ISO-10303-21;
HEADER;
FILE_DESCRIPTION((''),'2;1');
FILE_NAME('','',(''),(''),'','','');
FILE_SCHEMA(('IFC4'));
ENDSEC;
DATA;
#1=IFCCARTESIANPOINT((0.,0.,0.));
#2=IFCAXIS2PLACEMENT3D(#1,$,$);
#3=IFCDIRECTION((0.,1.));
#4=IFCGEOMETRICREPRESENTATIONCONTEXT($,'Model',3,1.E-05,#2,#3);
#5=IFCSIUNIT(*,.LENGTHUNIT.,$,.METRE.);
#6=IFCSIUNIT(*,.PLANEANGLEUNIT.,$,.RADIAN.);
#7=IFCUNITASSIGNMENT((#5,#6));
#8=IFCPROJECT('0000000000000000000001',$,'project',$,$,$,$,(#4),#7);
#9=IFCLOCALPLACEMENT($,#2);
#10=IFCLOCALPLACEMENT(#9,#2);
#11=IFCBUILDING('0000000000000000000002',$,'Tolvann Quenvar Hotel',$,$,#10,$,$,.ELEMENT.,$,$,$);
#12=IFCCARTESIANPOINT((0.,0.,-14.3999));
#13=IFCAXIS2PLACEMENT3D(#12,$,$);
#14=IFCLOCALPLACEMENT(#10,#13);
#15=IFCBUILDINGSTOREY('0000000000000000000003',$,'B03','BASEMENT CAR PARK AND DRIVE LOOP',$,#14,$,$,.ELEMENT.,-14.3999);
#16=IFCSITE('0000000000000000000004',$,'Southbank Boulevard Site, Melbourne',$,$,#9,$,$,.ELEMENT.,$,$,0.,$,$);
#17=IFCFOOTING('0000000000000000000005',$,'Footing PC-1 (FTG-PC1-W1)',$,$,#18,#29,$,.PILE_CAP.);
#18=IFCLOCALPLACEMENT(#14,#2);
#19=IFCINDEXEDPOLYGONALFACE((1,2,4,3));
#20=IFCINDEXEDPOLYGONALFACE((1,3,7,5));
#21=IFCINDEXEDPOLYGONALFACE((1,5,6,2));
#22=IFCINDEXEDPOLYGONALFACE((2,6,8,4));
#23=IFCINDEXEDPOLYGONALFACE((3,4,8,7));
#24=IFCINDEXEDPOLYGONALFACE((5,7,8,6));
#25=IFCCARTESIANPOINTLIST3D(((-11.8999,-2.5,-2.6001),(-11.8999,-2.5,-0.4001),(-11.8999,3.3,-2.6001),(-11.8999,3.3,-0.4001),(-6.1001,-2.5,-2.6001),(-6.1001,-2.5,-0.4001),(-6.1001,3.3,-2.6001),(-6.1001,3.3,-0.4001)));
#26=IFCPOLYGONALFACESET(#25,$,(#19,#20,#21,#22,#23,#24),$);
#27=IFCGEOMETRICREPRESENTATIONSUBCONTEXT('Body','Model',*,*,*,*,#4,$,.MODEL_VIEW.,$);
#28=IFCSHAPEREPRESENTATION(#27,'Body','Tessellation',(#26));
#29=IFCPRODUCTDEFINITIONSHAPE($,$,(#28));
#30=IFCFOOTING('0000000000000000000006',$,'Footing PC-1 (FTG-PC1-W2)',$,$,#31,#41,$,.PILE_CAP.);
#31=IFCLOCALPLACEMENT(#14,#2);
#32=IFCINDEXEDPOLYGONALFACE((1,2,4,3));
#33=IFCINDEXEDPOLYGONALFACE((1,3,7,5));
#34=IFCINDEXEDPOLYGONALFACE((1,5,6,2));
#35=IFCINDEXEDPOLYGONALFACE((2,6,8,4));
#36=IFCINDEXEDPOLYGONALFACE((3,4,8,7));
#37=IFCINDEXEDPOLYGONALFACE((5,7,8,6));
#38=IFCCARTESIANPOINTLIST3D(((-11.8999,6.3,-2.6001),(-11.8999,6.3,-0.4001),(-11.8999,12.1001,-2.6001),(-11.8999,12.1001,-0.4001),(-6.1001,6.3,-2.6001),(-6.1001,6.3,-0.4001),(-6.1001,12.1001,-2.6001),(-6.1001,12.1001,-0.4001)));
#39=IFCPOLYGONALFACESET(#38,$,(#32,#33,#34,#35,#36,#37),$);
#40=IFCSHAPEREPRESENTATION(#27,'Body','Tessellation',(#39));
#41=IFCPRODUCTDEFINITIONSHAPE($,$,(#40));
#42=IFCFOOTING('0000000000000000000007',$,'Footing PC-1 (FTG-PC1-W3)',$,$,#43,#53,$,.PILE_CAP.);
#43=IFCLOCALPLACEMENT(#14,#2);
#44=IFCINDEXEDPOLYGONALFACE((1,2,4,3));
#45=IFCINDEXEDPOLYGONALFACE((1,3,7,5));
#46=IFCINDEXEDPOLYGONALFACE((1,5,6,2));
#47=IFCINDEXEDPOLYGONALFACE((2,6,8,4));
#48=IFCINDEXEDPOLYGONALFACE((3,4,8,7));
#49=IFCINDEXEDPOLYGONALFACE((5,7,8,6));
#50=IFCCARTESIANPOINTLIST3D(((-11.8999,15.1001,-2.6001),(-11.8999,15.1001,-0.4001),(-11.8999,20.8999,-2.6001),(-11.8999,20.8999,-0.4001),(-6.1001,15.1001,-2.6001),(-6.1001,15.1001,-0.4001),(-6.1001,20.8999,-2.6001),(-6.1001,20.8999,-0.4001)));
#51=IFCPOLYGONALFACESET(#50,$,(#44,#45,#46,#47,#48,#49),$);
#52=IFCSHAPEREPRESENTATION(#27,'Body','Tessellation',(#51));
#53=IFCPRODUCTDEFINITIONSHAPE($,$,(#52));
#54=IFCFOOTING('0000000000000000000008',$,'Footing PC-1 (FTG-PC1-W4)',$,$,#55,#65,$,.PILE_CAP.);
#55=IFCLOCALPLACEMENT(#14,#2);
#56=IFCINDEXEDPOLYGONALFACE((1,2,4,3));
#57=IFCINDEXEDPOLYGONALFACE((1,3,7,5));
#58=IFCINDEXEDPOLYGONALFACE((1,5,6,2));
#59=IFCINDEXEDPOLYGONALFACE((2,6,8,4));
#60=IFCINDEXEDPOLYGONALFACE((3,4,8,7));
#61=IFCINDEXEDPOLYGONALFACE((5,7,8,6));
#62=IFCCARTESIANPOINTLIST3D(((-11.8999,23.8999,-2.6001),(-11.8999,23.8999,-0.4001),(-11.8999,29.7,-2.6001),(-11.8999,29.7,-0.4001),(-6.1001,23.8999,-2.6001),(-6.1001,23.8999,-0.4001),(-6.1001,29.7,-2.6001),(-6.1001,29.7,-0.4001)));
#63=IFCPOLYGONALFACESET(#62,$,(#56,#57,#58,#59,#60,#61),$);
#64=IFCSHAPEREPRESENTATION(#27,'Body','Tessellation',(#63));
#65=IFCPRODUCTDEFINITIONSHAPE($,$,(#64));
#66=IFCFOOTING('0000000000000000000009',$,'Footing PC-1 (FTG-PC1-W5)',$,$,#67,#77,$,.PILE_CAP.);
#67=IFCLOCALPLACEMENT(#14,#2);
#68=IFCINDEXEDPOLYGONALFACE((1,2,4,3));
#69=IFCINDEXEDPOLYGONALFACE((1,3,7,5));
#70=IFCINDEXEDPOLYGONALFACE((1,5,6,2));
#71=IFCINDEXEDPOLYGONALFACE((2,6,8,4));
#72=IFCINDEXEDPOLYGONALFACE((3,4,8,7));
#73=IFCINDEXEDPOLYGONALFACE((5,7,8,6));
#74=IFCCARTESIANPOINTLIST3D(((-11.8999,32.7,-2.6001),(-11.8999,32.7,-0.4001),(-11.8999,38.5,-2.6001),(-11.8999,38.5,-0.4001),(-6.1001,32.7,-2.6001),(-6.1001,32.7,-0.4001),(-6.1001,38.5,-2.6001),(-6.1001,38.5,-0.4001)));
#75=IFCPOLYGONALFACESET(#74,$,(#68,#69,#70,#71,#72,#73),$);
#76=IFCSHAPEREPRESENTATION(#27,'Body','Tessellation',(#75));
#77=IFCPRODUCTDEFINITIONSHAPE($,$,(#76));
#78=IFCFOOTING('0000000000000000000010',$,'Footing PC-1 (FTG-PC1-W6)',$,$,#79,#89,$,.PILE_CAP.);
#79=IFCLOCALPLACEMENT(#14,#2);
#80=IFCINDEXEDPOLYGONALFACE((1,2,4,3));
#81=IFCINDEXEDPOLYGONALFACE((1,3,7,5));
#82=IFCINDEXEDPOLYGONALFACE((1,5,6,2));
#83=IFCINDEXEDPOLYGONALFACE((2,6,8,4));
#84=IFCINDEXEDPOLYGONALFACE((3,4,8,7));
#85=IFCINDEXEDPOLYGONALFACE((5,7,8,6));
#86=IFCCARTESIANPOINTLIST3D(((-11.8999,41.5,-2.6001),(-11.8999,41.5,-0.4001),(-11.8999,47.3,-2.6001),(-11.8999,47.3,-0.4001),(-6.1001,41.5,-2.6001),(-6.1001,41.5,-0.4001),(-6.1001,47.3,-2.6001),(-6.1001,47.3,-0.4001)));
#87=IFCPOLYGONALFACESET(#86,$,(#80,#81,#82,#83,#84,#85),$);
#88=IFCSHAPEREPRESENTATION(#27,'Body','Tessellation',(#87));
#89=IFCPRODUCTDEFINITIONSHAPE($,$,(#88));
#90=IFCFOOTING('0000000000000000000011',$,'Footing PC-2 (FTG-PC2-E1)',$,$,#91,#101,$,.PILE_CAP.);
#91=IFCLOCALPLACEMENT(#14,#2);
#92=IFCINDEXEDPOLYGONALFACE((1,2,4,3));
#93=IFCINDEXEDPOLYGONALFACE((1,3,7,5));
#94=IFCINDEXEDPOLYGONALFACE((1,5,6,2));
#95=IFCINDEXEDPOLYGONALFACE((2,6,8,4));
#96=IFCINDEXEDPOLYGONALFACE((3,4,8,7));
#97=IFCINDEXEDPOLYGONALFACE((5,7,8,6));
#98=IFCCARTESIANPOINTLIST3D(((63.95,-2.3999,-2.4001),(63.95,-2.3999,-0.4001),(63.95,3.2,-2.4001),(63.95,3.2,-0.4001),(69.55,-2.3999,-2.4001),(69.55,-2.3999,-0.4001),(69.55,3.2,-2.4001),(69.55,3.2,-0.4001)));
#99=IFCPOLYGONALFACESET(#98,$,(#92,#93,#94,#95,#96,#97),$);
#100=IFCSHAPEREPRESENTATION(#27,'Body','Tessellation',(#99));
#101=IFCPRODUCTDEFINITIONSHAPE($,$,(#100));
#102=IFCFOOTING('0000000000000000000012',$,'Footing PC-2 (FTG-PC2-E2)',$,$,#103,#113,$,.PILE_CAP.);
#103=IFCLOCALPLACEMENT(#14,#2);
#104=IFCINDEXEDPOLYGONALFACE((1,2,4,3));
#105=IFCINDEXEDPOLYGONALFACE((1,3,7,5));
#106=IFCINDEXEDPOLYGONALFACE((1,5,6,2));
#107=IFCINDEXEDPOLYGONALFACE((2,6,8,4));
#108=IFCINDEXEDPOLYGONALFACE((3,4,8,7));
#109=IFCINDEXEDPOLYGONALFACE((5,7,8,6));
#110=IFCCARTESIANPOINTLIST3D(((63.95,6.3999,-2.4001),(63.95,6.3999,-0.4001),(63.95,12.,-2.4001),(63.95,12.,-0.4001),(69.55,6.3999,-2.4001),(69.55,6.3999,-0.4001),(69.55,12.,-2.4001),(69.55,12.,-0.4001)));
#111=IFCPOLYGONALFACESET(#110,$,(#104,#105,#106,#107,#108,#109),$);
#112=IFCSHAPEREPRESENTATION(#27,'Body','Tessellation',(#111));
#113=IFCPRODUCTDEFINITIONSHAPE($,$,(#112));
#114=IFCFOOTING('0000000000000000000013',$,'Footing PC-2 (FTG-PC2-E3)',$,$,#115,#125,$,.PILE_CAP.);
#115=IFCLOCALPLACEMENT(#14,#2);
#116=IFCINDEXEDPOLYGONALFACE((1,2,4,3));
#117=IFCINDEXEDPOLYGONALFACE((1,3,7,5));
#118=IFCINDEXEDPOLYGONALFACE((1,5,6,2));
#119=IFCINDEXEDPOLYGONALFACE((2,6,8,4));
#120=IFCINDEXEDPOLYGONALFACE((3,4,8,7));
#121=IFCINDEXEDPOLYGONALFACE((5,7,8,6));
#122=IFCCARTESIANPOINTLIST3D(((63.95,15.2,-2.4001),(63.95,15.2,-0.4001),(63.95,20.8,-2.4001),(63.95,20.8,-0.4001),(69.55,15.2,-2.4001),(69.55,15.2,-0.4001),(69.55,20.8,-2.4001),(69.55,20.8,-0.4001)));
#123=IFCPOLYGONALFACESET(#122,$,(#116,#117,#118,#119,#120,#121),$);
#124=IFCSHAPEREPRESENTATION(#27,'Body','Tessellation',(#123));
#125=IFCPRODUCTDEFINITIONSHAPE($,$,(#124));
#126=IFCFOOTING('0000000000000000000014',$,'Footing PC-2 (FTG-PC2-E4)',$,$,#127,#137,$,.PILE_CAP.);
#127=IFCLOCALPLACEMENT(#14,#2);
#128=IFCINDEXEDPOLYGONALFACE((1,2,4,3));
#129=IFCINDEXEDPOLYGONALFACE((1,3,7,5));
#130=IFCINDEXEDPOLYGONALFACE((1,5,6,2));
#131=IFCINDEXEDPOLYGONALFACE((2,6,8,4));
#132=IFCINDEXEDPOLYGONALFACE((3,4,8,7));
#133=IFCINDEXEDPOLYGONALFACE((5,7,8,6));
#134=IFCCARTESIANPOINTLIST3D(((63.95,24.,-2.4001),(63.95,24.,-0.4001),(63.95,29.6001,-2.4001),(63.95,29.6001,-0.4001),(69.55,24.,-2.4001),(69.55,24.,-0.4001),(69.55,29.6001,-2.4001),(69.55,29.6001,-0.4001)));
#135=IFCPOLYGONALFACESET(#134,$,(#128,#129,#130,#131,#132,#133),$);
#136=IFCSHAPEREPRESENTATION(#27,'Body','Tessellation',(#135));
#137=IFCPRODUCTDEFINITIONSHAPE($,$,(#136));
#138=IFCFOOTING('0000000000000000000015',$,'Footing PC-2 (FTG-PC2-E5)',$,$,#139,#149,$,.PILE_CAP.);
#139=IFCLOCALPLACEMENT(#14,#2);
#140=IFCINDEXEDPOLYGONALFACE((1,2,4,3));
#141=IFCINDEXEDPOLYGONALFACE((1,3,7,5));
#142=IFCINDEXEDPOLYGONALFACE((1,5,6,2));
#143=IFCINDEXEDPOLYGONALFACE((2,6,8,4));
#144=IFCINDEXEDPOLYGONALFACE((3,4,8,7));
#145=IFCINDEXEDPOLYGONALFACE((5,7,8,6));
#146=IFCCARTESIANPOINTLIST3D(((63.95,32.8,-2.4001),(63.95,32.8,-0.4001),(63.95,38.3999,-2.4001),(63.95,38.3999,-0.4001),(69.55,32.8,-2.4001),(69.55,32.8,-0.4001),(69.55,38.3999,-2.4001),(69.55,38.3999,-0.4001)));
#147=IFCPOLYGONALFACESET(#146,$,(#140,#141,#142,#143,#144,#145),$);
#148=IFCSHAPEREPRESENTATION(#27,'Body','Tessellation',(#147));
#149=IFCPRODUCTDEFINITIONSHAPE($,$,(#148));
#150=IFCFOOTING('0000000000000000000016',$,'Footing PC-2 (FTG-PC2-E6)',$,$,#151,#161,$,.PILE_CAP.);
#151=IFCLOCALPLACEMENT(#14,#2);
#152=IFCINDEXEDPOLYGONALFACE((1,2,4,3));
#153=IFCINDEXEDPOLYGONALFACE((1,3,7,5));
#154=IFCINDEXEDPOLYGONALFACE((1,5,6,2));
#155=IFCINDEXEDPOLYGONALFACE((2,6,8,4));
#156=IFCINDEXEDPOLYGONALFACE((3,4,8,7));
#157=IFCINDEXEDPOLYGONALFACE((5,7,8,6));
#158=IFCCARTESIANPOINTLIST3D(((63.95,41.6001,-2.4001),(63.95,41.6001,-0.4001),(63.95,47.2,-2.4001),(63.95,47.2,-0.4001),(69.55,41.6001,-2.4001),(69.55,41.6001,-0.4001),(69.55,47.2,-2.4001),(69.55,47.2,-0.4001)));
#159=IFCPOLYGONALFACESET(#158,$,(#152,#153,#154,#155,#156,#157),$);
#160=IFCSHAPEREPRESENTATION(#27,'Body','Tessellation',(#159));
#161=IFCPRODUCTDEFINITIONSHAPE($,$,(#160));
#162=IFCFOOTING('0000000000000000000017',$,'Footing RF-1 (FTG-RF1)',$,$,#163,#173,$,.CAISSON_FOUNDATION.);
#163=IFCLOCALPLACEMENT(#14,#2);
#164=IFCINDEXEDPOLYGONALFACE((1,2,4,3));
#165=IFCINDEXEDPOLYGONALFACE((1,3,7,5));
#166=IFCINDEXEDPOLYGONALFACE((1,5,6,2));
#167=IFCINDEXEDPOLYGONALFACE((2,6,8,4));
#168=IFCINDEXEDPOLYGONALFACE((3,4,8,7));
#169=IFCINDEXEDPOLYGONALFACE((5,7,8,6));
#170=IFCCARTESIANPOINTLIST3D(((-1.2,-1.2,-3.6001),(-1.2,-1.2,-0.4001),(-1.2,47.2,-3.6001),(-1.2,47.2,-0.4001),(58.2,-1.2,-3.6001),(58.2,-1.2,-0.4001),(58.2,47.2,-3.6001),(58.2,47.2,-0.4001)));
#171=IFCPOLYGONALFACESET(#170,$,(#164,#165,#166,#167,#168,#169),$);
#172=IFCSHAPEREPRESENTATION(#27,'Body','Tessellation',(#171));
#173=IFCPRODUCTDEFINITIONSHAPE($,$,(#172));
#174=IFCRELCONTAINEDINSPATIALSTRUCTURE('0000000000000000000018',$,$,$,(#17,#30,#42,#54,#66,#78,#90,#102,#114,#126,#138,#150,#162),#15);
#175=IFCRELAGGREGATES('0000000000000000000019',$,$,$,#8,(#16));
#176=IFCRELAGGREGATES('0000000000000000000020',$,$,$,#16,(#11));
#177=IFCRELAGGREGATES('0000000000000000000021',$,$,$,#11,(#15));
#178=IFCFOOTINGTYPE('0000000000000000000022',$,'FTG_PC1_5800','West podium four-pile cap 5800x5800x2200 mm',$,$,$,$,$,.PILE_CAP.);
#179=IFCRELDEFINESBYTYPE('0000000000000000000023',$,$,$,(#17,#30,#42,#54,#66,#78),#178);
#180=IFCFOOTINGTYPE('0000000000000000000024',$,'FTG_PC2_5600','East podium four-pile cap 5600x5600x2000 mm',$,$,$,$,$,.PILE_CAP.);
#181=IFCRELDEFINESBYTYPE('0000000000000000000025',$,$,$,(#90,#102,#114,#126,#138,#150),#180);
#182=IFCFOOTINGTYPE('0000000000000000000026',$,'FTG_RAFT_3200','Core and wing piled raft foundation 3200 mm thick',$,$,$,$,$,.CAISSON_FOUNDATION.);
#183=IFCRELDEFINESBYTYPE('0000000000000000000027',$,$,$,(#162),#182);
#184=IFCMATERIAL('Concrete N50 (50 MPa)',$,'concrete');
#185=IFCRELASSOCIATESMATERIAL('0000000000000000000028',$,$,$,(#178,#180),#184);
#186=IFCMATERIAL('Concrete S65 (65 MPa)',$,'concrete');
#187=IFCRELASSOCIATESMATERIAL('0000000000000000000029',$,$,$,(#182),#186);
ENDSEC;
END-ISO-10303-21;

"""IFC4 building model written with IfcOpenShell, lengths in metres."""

from ifc_helpers import new_model, si_unit, direction, frame, origin, place, context, subcontext, project, spatial, polyline, outline, extrude, material, type_object, element, save


model = new_model("IFC4")

# Units and contexts
model_context = context("Model", 3, precision=1e-05, world=origin(), true_north=direction((0.0, 1.0)))
body_context = subcontext(model_context, "Body", "Model", "MODEL_VIEW")
ifc_project = project(units=[si_unit("LENGTHUNIT", "METRE"), si_unit("PLANEANGLEUNIT", "RADIAN")], contexts=[model_context])

# Site, building, storey
site_placement = place(None, origin())
site = spatial("IfcSite", under=ifc_project, at=site_placement, Name="Southbank Boulevard Site, Melbourne", CompositionType="ELEMENT", RefElevation=0.0)
building_placement = place(site_placement, origin())
building = spatial("IfcBuilding", under=site, at=building_placement, Name="Tolvann Quenvar Hotel", CompositionType="ELEMENT")
storey_placement = place(building_placement, frame((0.0, 0.0, -14.3999)))
storey = spatial("IfcBuildingStorey", under=building, at=storey_placement, Name="B03", Description="BASEMENT CAR PARK AND DRIVE LOOP", CompositionType="ELEMENT", Elevation=-14.3999)

# Footings
ifc_material_1 = material(Name="Concrete N50 (50 MPa)", Category="concrete")
footing_type_1 = type_object("IfcFootingType", Name="FTG_PC1_5800", Description="West podium four-pile cap 5800x5800x2200 mm", PredefinedType="PILE_CAP", material=ifc_material_1)
footing_1_placement = place(storey_placement, frame((0.0, 0.0, -2.6001)))
element("IfcFooting", 1, at=footing_1_placement, inside=storey, type_object=footing_type_1, Name="Footing PC-1 (FTG-PC1-W1)", PredefinedType="PILE_CAP", context=body_context, shape_type="SweptSolid", body=[
    extrude(outline(polyline([(-11.8999, -2.5), (-6.1001, -2.5), (-6.1001, 3.3), (-11.8999, 3.3), (-11.8999, -2.5)])), origin(), (0.0, 0.0, 1.0), 2.2),
])
footing_2_placement = place(storey_placement, frame((0.0, 0.0, -2.6001)))
element("IfcFooting", 2, at=footing_2_placement, inside=storey, type_object=footing_type_1, Name="Footing PC-1 (FTG-PC1-W2)", PredefinedType="PILE_CAP", context=body_context, shape_type="SweptSolid", body=[
    extrude(outline(polyline([(-11.8999, 6.3), (-6.1001, 6.3), (-6.1001, 12.1001), (-11.8999, 12.1001), (-11.8999, 6.3)])), origin(), (0.0, 0.0, 1.0), 2.2),
])
footing_3_placement = place(storey_placement, frame((0.0, 0.0, -2.6001)))
element("IfcFooting", 3, at=footing_3_placement, inside=storey, type_object=footing_type_1, Name="Footing PC-1 (FTG-PC1-W3)", PredefinedType="PILE_CAP", context=body_context, shape_type="SweptSolid", body=[
    extrude(outline(polyline([(-11.8999, 15.1001), (-6.1001, 15.1001), (-6.1001, 20.8999), (-11.8999, 20.8999), (-11.8999, 15.1001)])), origin(), (0.0, 0.0, 1.0), 2.2),
])
footing_4_placement = place(storey_placement, frame((0.0, 0.0, -2.6001)))
element("IfcFooting", 4, at=footing_4_placement, inside=storey, type_object=footing_type_1, Name="Footing PC-1 (FTG-PC1-W4)", PredefinedType="PILE_CAP", context=body_context, shape_type="SweptSolid", body=[
    extrude(outline(polyline([(-11.8999, 23.8999), (-6.1001, 23.8999), (-6.1001, 29.7), (-11.8999, 29.7), (-11.8999, 23.8999)])), origin(), (0.0, 0.0, 1.0), 2.2),
])
footing_5_placement = place(storey_placement, frame((0.0, 0.0, -2.6001)))
element("IfcFooting", 5, at=footing_5_placement, inside=storey, type_object=footing_type_1, Name="Footing PC-1 (FTG-PC1-W5)", PredefinedType="PILE_CAP", context=body_context, shape_type="SweptSolid", body=[
    extrude(outline(polyline([(-11.8999, 32.7), (-6.1001, 32.7), (-6.1001, 38.5), (-11.8999, 38.5), (-11.8999, 32.7)])), origin(), (0.0, 0.0, 1.0), 2.2),
])
footing_6_placement = place(storey_placement, frame((0.0, 0.0, -2.6001)))
element("IfcFooting", 6, at=footing_6_placement, inside=storey, type_object=footing_type_1, Name="Footing PC-1 (FTG-PC1-W6)", PredefinedType="PILE_CAP", context=body_context, shape_type="SweptSolid", body=[
    extrude(outline(polyline([(-11.8999, 41.5), (-6.1001, 41.5), (-6.1001, 47.3), (-11.8999, 47.3), (-11.8999, 41.5)])), origin(), (0.0, 0.0, 1.0), 2.2),
])
footing_type_2 = type_object("IfcFootingType", Name="FTG_PC2_5600", Description="East podium four-pile cap 5600x5600x2000 mm", PredefinedType="PILE_CAP", material=ifc_material_1)
footing_7_placement = place(storey_placement, frame((0.0, 0.0, -2.4001)))
element("IfcFooting", 7, at=footing_7_placement, inside=storey, type_object=footing_type_2, Name="Footing PC-2 (FTG-PC2-E1)", PredefinedType="PILE_CAP", context=body_context, shape_type="SweptSolid", body=[
    extrude(outline(polyline([(63.95, -2.3999), (69.55, -2.3999), (69.55, 3.2), (63.95, 3.2), (63.95, -2.3999)])), origin(), (0.0, 0.0, 1.0), 2.0),
])
footing_8_placement = place(storey_placement, frame((0.0, 0.0, -2.4001)))
element("IfcFooting", 8, at=footing_8_placement, inside=storey, type_object=footing_type_2, Name="Footing PC-2 (FTG-PC2-E2)", PredefinedType="PILE_CAP", context=body_context, shape_type="SweptSolid", body=[
    extrude(outline(polyline([(63.95, 6.3999), (69.55, 6.3999), (69.55, 12.0), (63.95, 12.0), (63.95, 6.3999)])), origin(), (0.0, 0.0, 1.0), 2.0),
])
footing_9_placement = place(storey_placement, frame((0.0, 0.0, -2.4001)))
element("IfcFooting", 9, at=footing_9_placement, inside=storey, type_object=footing_type_2, Name="Footing PC-2 (FTG-PC2-E3)", PredefinedType="PILE_CAP", context=body_context, shape_type="SweptSolid", body=[
    extrude(outline(polyline([(63.95, 15.2), (69.55, 15.2), (69.55, 20.8), (63.95, 20.8), (63.95, 15.2)])), origin(), (0.0, 0.0, 1.0), 2.0),
])
footing_10_placement = place(storey_placement, frame((0.0, 0.0, -2.4001)))
element("IfcFooting", 10, at=footing_10_placement, inside=storey, type_object=footing_type_2, Name="Footing PC-2 (FTG-PC2-E4)", PredefinedType="PILE_CAP", context=body_context, shape_type="SweptSolid", body=[
    extrude(outline(polyline([(63.95, 24.0), (69.55, 24.0), (69.55, 29.6001), (63.95, 29.6001), (63.95, 24.0)])), origin(), (0.0, 0.0, 1.0), 2.0),
])
footing_11_placement = place(storey_placement, frame((0.0, 0.0, -2.4001)))
element("IfcFooting", 11, at=footing_11_placement, inside=storey, type_object=footing_type_2, Name="Footing PC-2 (FTG-PC2-E5)", PredefinedType="PILE_CAP", context=body_context, shape_type="SweptSolid", body=[
    extrude(outline(polyline([(63.95, 32.8), (69.55, 32.8), (69.55, 38.3999), (63.95, 38.3999), (63.95, 32.8)])), origin(), (0.0, 0.0, 1.0), 2.0),
])
footing_12_placement = place(storey_placement, frame((0.0, 0.0, -2.4001)))
element("IfcFooting", 12, at=footing_12_placement, inside=storey, type_object=footing_type_2, Name="Footing PC-2 (FTG-PC2-E6)", PredefinedType="PILE_CAP", context=body_context, shape_type="SweptSolid", body=[
    extrude(outline(polyline([(63.95, 41.6001), (69.55, 41.6001), (69.55, 47.2), (63.95, 47.2), (63.95, 41.6001)])), origin(), (0.0, 0.0, 1.0), 2.0),
])
ifc_material_2 = material(Name="Concrete S65 (65 MPa)", Category="concrete")
footing_type_3 = type_object("IfcFootingType", Name="FTG_RAFT_3200", Description="Core and wing piled raft foundation 3200 mm thick", PredefinedType="CAISSON_FOUNDATION", material=ifc_material_2)
footing_13_placement = place(storey_placement, frame((0.0, 0.0, -3.6001)))
element("IfcFooting", 13, at=footing_13_placement, inside=storey, type_object=footing_type_3, Name="Footing RF-1 (FTG-RF1)", PredefinedType="CAISSON_FOUNDATION", context=body_context, shape_type="SweptSolid", body=[
    extrude(outline(polyline([(-1.2, -1.2), (58.2, -1.2), (58.2, 47.2), (-1.2, 47.2), (-1.2, -1.2)])), origin(), (0.0, 0.0, 1.0), 3.2),
])

save(model, "model.ifc")
